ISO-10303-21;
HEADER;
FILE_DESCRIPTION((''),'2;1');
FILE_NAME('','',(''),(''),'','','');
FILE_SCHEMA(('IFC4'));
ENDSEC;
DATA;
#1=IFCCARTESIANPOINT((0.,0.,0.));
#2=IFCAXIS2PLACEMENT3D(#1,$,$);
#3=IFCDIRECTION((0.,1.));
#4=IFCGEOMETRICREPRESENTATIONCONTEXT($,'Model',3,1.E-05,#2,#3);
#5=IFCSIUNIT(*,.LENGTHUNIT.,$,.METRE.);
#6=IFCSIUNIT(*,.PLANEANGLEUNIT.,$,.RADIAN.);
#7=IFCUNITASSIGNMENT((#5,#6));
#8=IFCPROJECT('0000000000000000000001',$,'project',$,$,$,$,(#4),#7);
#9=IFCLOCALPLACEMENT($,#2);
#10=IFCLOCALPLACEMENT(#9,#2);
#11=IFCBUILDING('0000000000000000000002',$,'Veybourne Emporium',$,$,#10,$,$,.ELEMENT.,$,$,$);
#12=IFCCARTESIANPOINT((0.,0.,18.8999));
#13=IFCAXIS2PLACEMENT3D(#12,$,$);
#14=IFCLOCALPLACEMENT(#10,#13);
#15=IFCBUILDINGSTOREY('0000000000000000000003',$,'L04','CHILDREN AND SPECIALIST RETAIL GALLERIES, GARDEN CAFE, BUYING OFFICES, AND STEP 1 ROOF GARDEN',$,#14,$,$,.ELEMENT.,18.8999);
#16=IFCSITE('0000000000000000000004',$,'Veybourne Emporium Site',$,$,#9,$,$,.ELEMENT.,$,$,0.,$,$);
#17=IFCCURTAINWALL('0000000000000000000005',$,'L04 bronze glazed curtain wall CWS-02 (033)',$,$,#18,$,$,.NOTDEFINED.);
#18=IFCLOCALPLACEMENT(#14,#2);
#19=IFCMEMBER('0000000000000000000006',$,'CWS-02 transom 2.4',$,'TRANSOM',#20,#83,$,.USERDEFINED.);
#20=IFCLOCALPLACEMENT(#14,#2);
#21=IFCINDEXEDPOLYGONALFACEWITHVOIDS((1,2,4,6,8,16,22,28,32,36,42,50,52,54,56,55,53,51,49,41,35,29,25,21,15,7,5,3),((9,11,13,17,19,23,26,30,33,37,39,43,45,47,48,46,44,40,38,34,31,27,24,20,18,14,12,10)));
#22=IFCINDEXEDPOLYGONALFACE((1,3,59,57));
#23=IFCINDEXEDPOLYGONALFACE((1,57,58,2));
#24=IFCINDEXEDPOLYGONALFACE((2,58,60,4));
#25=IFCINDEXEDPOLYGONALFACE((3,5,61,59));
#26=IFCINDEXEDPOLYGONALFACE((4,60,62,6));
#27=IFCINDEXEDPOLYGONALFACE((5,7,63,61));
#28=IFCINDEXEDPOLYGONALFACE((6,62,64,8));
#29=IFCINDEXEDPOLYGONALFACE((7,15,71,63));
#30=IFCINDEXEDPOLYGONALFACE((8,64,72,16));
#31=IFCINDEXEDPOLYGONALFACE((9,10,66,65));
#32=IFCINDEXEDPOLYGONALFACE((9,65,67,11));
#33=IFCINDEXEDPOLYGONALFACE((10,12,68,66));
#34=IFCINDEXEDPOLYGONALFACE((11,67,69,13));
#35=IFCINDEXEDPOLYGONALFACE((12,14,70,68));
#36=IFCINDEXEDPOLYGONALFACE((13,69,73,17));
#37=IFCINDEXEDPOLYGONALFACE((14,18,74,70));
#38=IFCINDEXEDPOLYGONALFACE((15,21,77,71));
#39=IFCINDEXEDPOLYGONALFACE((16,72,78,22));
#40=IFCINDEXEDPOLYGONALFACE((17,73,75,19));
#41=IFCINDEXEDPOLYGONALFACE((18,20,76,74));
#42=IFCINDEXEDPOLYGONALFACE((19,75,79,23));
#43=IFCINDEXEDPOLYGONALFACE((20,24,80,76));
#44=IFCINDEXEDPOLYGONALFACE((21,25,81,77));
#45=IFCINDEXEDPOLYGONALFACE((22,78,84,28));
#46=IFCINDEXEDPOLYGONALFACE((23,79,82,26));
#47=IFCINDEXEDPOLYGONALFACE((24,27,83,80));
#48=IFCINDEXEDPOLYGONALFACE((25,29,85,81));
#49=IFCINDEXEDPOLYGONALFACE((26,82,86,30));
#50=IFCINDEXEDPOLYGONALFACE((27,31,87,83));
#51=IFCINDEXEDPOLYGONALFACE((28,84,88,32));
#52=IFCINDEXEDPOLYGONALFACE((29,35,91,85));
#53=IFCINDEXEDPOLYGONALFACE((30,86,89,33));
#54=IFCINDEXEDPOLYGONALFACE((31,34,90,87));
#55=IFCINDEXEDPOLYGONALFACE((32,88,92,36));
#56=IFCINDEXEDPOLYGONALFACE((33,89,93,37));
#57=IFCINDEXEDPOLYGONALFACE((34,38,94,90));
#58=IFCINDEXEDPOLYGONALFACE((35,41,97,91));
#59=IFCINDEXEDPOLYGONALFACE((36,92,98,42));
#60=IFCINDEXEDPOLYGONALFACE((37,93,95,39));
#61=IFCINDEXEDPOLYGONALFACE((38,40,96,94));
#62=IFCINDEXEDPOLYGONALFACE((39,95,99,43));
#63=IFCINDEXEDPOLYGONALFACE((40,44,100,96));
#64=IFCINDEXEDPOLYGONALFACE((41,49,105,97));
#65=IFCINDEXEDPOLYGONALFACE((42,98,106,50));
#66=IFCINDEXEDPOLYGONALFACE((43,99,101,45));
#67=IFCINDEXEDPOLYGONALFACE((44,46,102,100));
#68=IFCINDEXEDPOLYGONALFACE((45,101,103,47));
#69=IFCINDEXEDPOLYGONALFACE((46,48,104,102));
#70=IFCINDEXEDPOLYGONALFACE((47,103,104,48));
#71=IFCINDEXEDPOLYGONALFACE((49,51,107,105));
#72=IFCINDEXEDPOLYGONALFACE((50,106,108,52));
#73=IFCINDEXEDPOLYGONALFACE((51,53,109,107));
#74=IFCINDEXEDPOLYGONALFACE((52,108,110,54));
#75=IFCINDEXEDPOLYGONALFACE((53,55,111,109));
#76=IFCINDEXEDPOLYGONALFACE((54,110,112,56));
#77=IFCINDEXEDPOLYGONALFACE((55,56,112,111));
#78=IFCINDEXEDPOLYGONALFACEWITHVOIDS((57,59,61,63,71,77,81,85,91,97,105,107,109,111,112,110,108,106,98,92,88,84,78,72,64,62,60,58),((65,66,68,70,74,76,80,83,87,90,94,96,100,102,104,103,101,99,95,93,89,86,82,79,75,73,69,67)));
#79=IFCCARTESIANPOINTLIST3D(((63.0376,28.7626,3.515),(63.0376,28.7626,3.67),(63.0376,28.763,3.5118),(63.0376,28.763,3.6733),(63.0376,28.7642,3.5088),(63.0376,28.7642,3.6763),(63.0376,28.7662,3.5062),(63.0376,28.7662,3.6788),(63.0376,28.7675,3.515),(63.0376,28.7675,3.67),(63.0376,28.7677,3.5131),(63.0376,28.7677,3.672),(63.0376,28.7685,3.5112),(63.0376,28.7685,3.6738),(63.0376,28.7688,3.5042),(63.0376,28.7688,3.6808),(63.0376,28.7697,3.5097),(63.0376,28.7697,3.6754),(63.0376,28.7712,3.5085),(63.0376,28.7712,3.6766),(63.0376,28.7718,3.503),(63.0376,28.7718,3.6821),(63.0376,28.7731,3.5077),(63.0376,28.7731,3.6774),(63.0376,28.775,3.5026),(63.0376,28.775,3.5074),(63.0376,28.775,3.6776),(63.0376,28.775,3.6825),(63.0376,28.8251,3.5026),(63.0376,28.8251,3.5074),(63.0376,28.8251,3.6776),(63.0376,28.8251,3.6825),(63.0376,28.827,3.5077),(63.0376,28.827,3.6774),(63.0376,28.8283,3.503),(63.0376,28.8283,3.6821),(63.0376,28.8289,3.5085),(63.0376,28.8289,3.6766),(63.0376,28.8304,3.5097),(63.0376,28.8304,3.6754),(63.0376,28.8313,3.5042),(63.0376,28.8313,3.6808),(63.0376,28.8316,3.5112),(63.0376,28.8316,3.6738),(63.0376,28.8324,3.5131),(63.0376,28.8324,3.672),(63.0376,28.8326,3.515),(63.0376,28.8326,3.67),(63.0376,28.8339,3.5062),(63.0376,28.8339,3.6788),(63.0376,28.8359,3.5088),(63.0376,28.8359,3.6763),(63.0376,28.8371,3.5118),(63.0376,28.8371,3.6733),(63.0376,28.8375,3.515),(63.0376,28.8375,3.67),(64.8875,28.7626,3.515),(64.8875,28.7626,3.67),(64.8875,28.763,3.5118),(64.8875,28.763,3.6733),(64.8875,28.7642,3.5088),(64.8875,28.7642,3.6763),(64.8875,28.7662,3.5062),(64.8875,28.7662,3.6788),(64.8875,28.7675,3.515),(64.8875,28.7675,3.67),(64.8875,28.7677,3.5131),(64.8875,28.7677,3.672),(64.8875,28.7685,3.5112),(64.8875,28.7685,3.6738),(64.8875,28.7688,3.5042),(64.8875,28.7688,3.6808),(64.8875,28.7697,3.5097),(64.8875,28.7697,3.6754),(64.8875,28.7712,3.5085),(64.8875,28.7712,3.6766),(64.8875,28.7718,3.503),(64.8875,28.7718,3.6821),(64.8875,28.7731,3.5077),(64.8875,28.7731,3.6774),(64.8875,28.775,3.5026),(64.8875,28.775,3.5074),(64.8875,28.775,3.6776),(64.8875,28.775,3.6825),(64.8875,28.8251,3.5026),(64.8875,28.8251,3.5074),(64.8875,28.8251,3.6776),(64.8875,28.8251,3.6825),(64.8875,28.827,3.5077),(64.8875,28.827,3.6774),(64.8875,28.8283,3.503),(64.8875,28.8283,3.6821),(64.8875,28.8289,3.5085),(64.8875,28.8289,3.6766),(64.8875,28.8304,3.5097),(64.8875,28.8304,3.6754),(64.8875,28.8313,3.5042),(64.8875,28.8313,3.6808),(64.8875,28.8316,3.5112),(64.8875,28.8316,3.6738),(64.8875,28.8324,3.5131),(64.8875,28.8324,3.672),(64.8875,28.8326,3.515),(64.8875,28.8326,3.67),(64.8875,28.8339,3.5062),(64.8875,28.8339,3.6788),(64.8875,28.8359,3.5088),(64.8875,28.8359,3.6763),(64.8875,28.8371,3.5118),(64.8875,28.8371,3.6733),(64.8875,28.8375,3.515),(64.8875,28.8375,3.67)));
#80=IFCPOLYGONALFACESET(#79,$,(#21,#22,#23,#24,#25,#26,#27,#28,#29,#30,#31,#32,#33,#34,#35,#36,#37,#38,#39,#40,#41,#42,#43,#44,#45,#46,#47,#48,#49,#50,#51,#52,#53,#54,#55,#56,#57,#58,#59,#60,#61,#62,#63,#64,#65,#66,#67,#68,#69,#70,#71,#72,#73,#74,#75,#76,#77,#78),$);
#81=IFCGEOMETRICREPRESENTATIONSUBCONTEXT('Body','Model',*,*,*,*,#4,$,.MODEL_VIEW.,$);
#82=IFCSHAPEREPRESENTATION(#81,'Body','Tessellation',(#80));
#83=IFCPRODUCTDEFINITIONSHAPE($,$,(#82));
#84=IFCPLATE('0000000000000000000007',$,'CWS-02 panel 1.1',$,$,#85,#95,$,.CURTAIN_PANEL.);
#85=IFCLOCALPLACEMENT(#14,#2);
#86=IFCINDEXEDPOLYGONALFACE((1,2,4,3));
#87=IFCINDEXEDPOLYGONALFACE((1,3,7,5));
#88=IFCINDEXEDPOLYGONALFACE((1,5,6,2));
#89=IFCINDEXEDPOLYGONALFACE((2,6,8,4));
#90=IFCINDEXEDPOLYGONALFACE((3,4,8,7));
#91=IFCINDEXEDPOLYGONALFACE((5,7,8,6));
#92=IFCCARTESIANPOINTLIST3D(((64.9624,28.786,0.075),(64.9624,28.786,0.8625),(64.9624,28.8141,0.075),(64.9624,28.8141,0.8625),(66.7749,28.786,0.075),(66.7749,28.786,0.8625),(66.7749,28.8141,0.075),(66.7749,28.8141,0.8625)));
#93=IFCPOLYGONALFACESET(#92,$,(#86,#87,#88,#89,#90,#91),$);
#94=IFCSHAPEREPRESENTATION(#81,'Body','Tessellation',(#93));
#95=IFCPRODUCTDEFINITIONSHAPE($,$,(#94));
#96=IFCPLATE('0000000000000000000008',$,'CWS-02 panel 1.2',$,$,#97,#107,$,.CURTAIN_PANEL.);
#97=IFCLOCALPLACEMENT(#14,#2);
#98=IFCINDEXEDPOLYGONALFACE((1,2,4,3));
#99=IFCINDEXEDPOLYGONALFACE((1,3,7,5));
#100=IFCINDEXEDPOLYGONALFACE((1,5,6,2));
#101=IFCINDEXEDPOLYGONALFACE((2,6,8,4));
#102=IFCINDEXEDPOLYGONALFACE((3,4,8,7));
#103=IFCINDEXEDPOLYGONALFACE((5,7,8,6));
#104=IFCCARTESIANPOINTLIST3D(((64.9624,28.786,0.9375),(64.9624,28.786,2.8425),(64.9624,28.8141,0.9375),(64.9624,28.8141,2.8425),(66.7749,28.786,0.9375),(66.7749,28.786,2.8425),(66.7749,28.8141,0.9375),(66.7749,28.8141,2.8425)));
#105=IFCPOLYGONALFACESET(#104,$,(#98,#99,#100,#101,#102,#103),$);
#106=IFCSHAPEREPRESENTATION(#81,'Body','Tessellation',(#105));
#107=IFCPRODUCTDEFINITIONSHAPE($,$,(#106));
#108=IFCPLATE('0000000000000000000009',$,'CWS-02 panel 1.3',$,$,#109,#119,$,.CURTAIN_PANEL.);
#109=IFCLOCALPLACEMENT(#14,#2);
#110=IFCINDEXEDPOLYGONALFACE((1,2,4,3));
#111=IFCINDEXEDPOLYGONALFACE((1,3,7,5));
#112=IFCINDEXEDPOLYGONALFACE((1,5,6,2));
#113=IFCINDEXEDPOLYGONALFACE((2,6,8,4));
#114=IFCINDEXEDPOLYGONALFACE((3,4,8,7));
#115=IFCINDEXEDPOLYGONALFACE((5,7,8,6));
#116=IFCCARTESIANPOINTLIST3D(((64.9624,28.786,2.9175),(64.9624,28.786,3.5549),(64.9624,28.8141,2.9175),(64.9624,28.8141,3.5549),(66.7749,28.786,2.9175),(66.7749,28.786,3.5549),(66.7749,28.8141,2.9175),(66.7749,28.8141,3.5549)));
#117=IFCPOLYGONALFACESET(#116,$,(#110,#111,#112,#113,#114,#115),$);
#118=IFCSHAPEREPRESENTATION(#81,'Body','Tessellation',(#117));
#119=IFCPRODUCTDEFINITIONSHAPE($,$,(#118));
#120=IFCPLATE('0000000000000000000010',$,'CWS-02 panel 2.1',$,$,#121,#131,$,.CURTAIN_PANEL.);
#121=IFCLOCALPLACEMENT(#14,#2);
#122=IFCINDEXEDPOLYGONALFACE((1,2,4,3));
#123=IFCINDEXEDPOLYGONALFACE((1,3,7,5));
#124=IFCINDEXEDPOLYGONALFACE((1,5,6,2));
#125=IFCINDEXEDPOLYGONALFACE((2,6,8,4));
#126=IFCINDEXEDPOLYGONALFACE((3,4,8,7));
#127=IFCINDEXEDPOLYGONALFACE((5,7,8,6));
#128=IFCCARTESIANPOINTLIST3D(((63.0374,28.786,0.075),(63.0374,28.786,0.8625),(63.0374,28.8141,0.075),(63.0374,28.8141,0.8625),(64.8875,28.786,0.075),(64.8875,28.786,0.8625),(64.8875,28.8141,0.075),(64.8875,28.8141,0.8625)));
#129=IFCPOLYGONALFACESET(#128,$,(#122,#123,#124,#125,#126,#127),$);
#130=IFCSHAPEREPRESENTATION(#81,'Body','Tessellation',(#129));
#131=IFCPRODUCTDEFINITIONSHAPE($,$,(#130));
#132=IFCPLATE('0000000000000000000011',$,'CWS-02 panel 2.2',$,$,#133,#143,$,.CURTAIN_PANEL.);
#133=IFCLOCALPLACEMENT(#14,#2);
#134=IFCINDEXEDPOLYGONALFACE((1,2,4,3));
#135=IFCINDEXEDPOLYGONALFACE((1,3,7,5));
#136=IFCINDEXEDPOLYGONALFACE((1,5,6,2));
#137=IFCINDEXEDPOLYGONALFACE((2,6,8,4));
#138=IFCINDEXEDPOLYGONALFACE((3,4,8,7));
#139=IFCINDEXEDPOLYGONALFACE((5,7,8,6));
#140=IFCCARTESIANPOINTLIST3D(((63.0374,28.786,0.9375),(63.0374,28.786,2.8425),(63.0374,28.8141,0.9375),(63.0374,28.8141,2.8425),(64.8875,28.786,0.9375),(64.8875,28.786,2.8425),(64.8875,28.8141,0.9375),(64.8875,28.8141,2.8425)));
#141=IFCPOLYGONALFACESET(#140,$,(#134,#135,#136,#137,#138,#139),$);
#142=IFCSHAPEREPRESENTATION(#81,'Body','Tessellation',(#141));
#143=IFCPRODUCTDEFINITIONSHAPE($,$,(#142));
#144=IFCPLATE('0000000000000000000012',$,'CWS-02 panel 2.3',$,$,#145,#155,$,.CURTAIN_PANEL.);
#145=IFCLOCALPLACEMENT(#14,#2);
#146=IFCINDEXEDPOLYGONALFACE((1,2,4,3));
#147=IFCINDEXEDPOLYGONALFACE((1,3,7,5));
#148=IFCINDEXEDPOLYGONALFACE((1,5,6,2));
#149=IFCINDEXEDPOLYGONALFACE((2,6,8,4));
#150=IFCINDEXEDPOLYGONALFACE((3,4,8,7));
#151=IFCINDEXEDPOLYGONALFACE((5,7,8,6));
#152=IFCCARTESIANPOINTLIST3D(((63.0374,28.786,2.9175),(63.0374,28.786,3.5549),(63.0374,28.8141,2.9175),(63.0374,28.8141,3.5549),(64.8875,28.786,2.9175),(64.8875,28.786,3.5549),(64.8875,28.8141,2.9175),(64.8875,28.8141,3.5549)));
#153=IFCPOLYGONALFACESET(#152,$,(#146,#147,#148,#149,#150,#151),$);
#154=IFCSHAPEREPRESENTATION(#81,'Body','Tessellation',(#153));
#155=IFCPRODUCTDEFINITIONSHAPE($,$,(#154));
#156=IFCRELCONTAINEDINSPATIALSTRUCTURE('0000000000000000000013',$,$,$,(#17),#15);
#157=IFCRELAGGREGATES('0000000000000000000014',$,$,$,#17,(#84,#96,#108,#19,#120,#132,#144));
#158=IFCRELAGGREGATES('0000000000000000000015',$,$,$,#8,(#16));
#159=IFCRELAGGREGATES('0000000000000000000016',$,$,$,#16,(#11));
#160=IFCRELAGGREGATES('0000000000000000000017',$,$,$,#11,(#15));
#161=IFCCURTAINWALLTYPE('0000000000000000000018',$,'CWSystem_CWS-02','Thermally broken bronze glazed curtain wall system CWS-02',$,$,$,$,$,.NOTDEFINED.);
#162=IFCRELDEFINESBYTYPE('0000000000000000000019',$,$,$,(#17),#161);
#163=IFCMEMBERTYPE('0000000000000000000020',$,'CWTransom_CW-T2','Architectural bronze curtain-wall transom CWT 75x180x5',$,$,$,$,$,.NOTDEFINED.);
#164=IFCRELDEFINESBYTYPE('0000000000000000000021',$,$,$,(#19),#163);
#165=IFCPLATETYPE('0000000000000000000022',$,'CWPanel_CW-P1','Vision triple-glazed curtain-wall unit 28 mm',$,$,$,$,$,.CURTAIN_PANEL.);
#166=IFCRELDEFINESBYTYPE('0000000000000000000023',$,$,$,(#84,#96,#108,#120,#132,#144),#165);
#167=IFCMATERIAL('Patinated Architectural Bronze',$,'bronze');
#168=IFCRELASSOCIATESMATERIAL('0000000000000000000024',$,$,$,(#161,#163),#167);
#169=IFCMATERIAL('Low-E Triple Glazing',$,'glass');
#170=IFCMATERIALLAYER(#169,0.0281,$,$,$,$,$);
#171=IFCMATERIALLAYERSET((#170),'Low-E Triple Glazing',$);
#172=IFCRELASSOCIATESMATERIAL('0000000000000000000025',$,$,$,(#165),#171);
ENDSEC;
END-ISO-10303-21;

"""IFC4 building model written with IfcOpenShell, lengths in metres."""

from ifc_helpers import new_model, si_unit, direction, frame, origin, origin_2d, place, context, subcontext, project, spatial, rectangle, hollow_rectangle, extrude, material, layer, layer_set, material_profile, profile_set, type_object, element, aggregate, save


model = new_model("IFC4")

# Units and contexts
model_context = context("Model", 3, precision=1e-05, world=origin(), true_north=direction((0.0, 1.0)))
body_context = subcontext(model_context, "Body", "Model", "MODEL_VIEW")
ifc_project = project(units=[si_unit("LENGTHUNIT", "METRE"), si_unit("PLANEANGLEUNIT", "RADIAN")], contexts=[model_context])

# Site, building, storey
site_placement = place(None, origin())
site = spatial("IfcSite", under=ifc_project, at=site_placement, Name="Veybourne Emporium Site", CompositionType="ELEMENT", RefElevation=0.0)
building_placement = place(site_placement, origin())
building = spatial("IfcBuilding", under=site, at=building_placement, Name="Veybourne Emporium", CompositionType="ELEMENT")
storey_placement = place(building_placement, frame((0.0, 0.0, 18.8999)))
storey = spatial("IfcBuildingStorey", under=building, at=storey_placement, Name="L04", Description="CHILDREN AND SPECIALIST RETAIL GALLERIES, GARDEN CAFE, BUYING OFFICES, AND STEP 1 ROOF GARDEN", CompositionType="ELEMENT", Elevation=18.8999)

# Curtain wall, member, plates
ifc_material_1 = material(Name="Patinated Architectural Bronze", Category="bronze")
curtain_wall_type = type_object("IfcCurtainWallType", Name="CWSystem_CWS-02", Description="Thermally broken bronze glazed curtain wall system CWS-02", PredefinedType="NOTDEFINED", material=ifc_material_1)
curtain_wall_placement = place(storey_placement, origin())
curtain_wall = element("IfcCurtainWall", 1, at=curtain_wall_placement, inside=storey, type_object=curtain_wall_type, Name="L04 bronze glazed curtain wall CWS-02 (033)", PredefinedType="NOTDEFINED")
ifc_material_profile_1 = material_profile(ifc_material_1, hollow_rectangle(XDim=0.075, YDim=0.1799, WallThickness=0.0049, InnerFilletRadius=0.0076, OuterFilletRadius=0.0125, at=origin_2d()), Name="CWT 75x180x5")
ifc_profile_set_1 = profile_set([ifc_material_profile_1], Name="Patinated Architectural Bronze")
member_type_1 = type_object("IfcMemberType", Name="CWTransom_CW-T2", Description="Architectural bronze curtain-wall transom CWT 75x180x5", PredefinedType="NOTDEFINED", material=ifc_profile_set_1)
member_1_placement = place(storey_placement, frame((64.8875, 28.8, 3.5925), z_axis=(-1.0, 0.0, 0.0), x_axis=(0.0, -1.0, 0.0)))
member_1 = element("IfcMember", 2, at=member_1_placement, type_object=member_type_1, Name="CWS-02 transom 2.4", ObjectType="TRANSOM", PredefinedType="USERDEFINED", context=body_context, shape_type="SweptSolid", body=[
    extrude(hollow_rectangle(XDim=0.075, YDim=0.1799, WallThickness=0.0049, InnerFilletRadius=0.0076, OuterFilletRadius=0.0125, at=origin_2d()), origin(), (0.0, 0.0, 1.0), 1.8499),
])
ifc_material_2 = material(Name="Low-E Triple Glazing", Category="glass")
ifc_layer_1 = layer(ifc_material_2, 0.0281)
ifc_layer_set_1 = layer_set([ifc_layer_1], Name="Low-E Triple Glazing")
plate_type = type_object("IfcPlateType", Name="CWPanel_CW-P1", Description="Vision triple-glazed curtain-wall unit 28 mm", PredefinedType="CURTAIN_PANEL", material=ifc_layer_set_1)
plate_1_placement = place(storey_placement, frame((65.8687, 28.8, 0.075), z_axis=(0.0, 0.0, 1.0), x_axis=(-1.0, 0.0, 0.0)))
plate_1 = element("IfcPlate", 3, at=plate_1_placement, type_object=plate_type, Name="CWS-02 panel 1.1", PredefinedType="CURTAIN_PANEL", context=body_context, shape_type="SweptSolid", body=[
    extrude(rectangle(XDim=1.8125, YDim=0.0281, at=origin_2d()), origin(), (0.0, 0.0, 1.0), 0.7876),
])
plate_2_placement = place(storey_placement, frame((65.8687, 28.8, 0.9375), z_axis=(0.0, 0.0, 1.0), x_axis=(-1.0, 0.0, 0.0)))
plate_2 = element("IfcPlate", 4, at=plate_2_placement, type_object=plate_type, Name="CWS-02 panel 1.2", PredefinedType="CURTAIN_PANEL", context=body_context, shape_type="SweptSolid", body=[
    extrude(rectangle(XDim=1.8125, YDim=0.0281, at=origin_2d()), origin(), (0.0, 0.0, 1.0), 1.905),
])
plate_3_placement = place(storey_placement, frame((65.8687, 28.8, 2.9175), z_axis=(0.0, 0.0, 1.0), x_axis=(-1.0, 0.0, 0.0)))
plate_3 = element("IfcPlate", 5, at=plate_3_placement, type_object=plate_type, Name="CWS-02 panel 1.3", PredefinedType="CURTAIN_PANEL", context=body_context, shape_type="SweptSolid", body=[
    extrude(rectangle(XDim=1.8125, YDim=0.0281, at=origin_2d()), origin(), (0.0, 0.0, 1.0), 0.6375),
])
plate_4_placement = place(storey_placement, frame((63.9624, 28.8, 0.075), z_axis=(0.0, 0.0, 1.0), x_axis=(-1.0, 0.0, 0.0)))
plate_4 = element("IfcPlate", 6, at=plate_4_placement, type_object=plate_type, Name="CWS-02 panel 2.1", PredefinedType="CURTAIN_PANEL", context=body_context, shape_type="SweptSolid", body=[
    extrude(rectangle(XDim=1.8501, YDim=0.0281, at=origin_2d()), origin(), (0.0, 0.0, 1.0), 0.7876),
])
plate_5_placement = place(storey_placement, frame((63.9624, 28.8, 0.9375), z_axis=(0.0, 0.0, 1.0), x_axis=(-1.0, 0.0, 0.0)))
plate_5 = element("IfcPlate", 7, at=plate_5_placement, type_object=plate_type, Name="CWS-02 panel 2.2", PredefinedType="CURTAIN_PANEL", context=body_context, shape_type="SweptSolid", body=[
    extrude(rectangle(XDim=1.8501, YDim=0.0281, at=origin_2d()), origin(), (0.0, 0.0, 1.0), 1.905),
])
plate_6_placement = place(storey_placement, frame((63.9624, 28.8, 2.9175), z_axis=(0.0, 0.0, 1.0), x_axis=(-1.0, 0.0, 0.0)))
plate_6 = element("IfcPlate", 8, at=plate_6_placement, type_object=plate_type, Name="CWS-02 panel 2.3", PredefinedType="CURTAIN_PANEL", context=body_context, shape_type="SweptSolid", body=[
    extrude(rectangle(XDim=1.8501, YDim=0.0281, at=origin_2d()), origin(), (0.0, 0.0, 1.0), 0.6375),
])
aggregate(curtain_wall, [plate_1, plate_2, plate_3, member_1, plate_4, plate_5, plate_6])

save(model, "model.ifc")
